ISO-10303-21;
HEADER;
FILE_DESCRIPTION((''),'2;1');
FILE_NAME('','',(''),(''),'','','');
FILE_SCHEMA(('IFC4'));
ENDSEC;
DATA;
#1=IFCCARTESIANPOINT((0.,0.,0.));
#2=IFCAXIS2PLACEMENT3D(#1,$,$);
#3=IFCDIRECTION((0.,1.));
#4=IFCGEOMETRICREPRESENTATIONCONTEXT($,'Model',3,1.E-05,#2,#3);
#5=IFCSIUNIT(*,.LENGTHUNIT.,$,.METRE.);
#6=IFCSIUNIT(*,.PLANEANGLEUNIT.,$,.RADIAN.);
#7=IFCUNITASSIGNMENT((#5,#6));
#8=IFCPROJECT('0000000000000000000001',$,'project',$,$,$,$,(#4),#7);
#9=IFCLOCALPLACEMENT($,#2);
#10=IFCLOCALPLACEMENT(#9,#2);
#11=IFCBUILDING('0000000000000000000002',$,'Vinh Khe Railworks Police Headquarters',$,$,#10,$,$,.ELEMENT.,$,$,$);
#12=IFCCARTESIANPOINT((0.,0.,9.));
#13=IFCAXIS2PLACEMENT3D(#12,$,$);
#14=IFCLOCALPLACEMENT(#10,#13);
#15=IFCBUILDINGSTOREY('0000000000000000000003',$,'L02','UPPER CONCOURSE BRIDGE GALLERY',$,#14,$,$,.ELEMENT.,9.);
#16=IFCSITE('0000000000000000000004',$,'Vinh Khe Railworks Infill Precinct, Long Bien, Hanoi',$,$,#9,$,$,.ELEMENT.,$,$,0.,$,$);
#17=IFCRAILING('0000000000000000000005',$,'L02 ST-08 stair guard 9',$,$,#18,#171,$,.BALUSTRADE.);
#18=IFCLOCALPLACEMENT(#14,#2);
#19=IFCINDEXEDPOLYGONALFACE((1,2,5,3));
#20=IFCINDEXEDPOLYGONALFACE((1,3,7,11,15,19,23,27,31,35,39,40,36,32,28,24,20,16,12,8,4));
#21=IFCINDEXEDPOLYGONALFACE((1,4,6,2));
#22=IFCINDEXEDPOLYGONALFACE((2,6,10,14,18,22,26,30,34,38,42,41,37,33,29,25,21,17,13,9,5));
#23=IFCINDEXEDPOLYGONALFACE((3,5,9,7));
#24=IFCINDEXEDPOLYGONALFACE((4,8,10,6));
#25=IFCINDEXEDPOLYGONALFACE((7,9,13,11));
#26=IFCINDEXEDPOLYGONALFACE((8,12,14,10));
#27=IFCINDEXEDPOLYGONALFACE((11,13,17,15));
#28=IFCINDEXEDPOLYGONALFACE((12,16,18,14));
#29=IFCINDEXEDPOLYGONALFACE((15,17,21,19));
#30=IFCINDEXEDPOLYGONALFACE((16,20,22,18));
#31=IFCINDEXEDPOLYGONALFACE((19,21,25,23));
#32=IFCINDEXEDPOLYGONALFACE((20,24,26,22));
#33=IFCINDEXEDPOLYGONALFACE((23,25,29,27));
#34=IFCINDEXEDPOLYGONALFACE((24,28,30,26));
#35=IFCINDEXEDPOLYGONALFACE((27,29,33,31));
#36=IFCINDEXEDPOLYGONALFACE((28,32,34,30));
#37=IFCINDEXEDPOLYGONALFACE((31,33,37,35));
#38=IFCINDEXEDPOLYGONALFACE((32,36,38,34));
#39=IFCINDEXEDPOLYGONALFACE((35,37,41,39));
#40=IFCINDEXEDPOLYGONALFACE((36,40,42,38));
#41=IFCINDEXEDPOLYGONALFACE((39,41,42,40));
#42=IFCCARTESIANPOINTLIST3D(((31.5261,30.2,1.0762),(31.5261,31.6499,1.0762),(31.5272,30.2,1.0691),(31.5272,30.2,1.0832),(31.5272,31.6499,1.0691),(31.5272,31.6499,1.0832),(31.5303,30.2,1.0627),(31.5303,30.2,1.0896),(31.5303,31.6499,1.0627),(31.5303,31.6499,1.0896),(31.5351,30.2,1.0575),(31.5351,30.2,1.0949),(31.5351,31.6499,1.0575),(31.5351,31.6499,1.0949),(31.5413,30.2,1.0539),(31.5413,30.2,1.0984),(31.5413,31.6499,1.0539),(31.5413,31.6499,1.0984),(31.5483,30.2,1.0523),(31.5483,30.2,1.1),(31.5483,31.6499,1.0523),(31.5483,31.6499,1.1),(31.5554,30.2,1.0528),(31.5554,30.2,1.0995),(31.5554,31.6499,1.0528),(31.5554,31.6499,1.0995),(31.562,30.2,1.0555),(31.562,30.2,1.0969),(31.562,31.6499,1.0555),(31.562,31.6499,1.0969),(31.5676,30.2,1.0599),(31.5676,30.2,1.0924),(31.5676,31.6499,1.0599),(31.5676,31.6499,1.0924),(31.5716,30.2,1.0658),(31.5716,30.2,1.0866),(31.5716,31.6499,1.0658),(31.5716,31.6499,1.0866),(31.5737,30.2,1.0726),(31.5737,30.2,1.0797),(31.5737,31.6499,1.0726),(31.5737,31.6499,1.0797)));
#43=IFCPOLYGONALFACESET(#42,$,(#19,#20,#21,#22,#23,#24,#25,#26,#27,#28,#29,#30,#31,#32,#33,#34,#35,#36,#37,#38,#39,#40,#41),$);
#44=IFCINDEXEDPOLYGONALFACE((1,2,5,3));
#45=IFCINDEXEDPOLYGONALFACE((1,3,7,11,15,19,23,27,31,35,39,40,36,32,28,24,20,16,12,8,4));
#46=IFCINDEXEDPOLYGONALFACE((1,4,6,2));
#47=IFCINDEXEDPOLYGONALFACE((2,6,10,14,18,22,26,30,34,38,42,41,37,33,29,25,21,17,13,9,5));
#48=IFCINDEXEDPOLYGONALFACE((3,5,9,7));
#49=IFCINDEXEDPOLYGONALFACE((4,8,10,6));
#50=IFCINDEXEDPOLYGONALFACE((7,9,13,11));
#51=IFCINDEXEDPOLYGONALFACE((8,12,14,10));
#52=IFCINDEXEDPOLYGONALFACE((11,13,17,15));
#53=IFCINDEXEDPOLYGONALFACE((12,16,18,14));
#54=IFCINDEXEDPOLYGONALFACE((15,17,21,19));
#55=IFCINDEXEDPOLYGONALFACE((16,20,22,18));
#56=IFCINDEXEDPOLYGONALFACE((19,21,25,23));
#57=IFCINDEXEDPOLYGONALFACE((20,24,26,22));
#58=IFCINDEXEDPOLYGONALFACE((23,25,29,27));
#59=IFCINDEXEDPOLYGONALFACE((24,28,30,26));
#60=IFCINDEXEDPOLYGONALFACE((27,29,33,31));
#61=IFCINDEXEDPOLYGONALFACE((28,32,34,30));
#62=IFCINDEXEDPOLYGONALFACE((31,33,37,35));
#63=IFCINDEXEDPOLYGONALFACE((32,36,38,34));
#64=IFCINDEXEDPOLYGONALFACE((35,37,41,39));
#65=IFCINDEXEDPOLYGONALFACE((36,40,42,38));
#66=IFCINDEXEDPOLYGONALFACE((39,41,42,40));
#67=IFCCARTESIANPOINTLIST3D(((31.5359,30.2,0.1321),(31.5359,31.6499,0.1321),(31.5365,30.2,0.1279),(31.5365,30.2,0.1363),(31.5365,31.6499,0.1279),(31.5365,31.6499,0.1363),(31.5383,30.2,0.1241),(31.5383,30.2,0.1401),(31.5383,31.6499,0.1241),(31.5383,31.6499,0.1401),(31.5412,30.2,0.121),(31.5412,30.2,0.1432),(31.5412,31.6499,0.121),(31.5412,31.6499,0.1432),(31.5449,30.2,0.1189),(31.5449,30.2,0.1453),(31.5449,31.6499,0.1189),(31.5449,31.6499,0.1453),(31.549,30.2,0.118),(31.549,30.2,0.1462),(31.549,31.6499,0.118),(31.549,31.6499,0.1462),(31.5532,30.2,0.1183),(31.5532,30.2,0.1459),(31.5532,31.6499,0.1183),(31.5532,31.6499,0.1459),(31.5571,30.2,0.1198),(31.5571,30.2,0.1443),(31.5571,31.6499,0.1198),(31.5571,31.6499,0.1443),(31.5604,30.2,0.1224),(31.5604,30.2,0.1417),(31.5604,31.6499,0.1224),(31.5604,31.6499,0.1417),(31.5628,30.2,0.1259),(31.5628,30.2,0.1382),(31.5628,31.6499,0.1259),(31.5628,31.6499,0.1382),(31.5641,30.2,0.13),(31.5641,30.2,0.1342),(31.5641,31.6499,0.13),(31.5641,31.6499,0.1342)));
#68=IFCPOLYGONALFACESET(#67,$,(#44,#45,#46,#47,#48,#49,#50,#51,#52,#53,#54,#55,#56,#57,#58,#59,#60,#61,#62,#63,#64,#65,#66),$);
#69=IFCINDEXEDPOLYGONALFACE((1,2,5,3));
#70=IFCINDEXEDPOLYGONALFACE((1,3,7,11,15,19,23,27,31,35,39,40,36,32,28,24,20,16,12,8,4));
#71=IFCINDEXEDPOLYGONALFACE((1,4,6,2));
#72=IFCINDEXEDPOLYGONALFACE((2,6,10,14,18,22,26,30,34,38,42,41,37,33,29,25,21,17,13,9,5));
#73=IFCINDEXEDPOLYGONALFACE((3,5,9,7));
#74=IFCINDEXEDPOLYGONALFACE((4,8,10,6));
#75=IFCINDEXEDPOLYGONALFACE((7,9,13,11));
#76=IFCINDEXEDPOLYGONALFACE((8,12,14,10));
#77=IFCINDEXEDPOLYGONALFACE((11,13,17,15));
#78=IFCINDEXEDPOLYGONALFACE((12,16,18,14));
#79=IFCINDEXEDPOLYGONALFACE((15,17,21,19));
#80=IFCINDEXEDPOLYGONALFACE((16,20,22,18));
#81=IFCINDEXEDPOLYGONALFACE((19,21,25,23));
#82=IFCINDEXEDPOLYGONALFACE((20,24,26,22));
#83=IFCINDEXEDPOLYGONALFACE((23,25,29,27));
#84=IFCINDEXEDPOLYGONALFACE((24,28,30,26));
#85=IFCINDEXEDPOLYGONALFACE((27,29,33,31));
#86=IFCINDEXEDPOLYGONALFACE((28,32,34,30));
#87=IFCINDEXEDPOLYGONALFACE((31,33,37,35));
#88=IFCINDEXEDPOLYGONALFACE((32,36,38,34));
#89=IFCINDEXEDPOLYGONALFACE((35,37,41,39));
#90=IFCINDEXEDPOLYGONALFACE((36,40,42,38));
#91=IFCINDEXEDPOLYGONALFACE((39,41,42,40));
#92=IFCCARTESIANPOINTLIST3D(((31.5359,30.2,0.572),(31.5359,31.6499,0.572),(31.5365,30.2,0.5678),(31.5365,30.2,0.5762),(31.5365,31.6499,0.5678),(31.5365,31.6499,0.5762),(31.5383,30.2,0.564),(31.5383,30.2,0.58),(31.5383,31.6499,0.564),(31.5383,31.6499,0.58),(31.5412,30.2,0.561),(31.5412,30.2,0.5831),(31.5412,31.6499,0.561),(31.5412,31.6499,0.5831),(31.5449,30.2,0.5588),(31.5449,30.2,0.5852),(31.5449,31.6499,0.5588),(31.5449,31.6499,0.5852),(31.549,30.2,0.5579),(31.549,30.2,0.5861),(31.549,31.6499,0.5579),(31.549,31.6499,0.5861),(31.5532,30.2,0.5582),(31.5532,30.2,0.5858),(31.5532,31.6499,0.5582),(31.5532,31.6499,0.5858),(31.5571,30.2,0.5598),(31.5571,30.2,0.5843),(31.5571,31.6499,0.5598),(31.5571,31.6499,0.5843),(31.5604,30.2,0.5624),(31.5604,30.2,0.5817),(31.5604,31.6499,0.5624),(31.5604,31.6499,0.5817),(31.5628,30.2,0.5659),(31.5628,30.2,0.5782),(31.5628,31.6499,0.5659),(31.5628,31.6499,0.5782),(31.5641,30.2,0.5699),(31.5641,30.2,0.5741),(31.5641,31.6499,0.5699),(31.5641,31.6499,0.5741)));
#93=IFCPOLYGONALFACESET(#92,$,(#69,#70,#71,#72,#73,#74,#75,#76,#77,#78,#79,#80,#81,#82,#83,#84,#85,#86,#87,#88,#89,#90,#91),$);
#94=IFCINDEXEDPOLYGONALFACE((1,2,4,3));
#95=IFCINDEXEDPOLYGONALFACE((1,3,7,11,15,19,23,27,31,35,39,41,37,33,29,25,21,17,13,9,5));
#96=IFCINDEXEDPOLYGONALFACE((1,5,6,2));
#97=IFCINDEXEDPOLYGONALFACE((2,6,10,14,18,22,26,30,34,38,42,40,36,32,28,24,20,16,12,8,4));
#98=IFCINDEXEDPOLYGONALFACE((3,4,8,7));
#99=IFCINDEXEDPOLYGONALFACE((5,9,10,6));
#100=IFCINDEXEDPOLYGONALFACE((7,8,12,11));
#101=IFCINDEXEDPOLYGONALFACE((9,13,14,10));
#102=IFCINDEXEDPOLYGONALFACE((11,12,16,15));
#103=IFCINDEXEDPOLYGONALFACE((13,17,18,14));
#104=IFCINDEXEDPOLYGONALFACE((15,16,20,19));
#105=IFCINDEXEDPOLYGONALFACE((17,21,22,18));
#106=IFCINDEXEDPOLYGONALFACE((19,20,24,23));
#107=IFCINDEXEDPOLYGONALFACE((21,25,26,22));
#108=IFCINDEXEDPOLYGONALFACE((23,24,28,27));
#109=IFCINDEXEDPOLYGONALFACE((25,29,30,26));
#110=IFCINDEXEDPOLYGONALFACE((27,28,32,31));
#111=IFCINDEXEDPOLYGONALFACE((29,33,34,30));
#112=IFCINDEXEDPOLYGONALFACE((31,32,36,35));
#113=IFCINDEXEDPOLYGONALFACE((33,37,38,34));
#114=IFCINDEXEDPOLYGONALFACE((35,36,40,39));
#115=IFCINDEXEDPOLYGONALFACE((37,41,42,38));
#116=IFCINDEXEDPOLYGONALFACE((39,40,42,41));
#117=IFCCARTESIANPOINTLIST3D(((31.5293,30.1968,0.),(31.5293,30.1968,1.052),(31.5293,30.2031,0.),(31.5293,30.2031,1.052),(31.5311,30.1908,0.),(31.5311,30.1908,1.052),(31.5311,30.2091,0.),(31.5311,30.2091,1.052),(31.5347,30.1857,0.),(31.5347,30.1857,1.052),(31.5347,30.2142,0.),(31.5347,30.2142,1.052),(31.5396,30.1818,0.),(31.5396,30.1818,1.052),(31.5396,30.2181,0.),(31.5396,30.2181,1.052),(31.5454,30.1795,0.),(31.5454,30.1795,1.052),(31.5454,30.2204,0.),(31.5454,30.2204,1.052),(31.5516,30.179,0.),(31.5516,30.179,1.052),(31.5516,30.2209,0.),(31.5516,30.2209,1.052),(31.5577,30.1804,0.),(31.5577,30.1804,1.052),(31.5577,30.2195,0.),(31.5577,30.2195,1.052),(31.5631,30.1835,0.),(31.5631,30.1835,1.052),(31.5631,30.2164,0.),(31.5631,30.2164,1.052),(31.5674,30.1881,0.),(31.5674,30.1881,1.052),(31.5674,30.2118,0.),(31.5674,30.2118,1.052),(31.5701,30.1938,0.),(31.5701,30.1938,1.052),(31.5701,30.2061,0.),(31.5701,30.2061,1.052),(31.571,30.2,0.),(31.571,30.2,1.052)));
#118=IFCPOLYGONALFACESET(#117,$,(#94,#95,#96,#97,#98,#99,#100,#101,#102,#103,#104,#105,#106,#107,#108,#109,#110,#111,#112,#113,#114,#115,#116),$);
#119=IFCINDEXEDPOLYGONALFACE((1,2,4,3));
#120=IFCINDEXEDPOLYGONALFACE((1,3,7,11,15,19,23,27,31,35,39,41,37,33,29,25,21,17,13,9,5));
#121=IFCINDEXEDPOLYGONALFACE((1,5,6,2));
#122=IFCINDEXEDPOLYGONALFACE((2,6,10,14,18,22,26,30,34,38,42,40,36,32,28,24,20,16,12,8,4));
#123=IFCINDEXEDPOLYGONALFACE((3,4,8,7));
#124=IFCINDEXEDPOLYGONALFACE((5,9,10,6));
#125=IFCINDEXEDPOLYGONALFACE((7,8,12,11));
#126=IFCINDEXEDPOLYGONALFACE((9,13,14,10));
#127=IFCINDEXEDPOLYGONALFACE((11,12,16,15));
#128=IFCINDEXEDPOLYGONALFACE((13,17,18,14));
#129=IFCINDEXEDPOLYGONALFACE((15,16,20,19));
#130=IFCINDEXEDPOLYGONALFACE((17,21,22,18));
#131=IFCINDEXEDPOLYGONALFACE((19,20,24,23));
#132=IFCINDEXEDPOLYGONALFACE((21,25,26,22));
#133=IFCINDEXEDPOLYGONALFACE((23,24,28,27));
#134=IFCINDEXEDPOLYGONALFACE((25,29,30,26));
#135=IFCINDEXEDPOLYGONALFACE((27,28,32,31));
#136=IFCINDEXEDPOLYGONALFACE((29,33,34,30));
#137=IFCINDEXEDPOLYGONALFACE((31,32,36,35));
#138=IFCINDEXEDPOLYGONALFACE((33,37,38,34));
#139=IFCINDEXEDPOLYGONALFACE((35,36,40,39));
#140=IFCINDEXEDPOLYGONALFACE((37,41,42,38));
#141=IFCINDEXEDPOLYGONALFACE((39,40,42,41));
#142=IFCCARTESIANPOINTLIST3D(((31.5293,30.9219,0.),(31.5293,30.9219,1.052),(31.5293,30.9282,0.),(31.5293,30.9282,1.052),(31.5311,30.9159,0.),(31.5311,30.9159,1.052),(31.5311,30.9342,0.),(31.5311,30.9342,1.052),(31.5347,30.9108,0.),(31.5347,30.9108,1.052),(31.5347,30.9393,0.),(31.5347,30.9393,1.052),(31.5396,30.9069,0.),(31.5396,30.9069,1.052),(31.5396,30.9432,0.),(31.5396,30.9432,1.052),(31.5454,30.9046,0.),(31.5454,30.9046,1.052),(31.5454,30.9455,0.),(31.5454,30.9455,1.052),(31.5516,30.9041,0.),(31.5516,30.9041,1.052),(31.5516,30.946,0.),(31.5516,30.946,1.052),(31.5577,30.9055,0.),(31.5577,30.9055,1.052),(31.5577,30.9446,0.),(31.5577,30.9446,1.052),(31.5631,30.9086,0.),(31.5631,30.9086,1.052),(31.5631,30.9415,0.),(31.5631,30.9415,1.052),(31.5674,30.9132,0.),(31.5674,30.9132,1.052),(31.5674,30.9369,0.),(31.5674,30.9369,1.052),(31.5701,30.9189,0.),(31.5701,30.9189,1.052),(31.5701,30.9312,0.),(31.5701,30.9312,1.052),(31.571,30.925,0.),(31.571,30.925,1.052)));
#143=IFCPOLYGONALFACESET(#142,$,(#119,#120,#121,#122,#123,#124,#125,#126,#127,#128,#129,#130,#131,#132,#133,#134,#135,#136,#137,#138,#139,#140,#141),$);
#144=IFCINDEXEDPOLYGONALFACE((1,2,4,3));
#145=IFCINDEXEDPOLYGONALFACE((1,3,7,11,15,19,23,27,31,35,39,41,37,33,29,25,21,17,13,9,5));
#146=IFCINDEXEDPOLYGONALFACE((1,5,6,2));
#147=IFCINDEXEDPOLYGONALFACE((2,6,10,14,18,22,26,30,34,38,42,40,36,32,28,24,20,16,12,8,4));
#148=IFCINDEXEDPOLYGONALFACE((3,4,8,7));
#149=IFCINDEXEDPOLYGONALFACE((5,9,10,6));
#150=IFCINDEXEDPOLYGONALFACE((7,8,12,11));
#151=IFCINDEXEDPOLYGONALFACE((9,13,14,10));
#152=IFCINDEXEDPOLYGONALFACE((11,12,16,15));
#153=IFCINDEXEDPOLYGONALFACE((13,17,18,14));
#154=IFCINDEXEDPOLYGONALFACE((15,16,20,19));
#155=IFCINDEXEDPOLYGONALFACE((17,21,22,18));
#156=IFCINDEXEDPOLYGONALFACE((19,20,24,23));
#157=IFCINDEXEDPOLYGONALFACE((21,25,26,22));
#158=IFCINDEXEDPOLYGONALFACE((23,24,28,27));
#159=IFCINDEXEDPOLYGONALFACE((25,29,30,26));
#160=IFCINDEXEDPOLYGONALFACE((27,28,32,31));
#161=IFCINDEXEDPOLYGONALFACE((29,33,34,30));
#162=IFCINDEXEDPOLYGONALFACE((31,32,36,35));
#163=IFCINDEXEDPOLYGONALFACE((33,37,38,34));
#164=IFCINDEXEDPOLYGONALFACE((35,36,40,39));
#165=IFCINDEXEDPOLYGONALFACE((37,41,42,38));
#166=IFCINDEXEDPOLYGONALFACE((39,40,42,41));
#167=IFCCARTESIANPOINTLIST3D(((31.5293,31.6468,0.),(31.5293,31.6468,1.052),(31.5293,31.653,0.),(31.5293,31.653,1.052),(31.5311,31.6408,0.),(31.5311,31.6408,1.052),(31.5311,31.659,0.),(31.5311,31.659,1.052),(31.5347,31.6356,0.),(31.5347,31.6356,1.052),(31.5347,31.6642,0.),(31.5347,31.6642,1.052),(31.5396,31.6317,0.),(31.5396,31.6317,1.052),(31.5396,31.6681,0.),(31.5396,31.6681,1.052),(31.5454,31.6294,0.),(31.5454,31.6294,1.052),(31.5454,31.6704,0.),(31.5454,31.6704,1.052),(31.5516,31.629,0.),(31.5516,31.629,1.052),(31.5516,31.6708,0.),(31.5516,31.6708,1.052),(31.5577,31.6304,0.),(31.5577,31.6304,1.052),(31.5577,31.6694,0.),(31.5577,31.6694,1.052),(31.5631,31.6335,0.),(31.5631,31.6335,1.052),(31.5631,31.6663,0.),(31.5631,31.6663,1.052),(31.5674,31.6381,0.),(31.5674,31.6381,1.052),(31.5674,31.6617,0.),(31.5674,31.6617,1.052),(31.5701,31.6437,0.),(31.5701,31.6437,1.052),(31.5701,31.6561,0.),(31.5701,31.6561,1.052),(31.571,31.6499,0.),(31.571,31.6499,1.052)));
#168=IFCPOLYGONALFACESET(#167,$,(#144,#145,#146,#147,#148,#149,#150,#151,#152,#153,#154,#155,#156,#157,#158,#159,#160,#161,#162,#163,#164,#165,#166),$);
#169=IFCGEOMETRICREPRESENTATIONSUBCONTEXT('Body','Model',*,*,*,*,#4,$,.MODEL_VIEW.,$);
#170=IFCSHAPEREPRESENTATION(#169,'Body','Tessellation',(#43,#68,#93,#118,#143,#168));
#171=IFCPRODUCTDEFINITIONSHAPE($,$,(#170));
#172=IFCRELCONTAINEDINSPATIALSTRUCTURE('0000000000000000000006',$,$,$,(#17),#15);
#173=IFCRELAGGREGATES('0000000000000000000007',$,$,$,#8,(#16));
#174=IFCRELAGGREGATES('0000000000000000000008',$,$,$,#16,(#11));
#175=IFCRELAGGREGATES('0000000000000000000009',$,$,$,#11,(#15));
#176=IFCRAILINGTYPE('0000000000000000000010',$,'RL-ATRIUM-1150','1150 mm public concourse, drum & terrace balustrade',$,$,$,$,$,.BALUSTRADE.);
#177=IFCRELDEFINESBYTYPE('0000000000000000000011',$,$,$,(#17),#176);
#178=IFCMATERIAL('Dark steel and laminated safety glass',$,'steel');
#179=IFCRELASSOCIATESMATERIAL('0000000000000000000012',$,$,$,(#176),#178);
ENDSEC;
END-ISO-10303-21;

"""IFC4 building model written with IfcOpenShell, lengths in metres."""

from ifc_helpers import new_model, si_unit, direction, frame, origin, origin_2d, place, context, subcontext, project, spatial, circle, extrude, material, type_object, element, save


model = new_model("IFC4")

# Units and contexts
model_context = context("Model", 3, precision=1e-05, world=origin(), true_north=direction((0.0, 1.0)))
body_context = subcontext(model_context, "Body", "Model", "MODEL_VIEW")
ifc_project = project(units=[si_unit("LENGTHUNIT", "METRE"), si_unit("PLANEANGLEUNIT", "RADIAN")], contexts=[model_context])

# Site, building, storey
site_placement = place(None, origin())
site = spatial("IfcSite", under=ifc_project, at=site_placement, Name="Vinh Khe Railworks Infill Precinct, Long Bien, Hanoi", CompositionType="ELEMENT", RefElevation=0.0)
building_placement = place(site_placement, origin())
building = spatial("IfcBuilding", under=site, at=building_placement, Name="Vinh Khe Railworks Police Headquarters", CompositionType="ELEMENT")
storey_placement = place(building_placement, frame((0.0, 0.0, 9.0)))
storey = spatial("IfcBuildingStorey", under=building, at=storey_placement, Name="L02", Description="UPPER CONCOURSE BRIDGE GALLERY", CompositionType="ELEMENT", Elevation=9.0)

# Railing
ifc_material_1 = material(Name="Dark steel and laminated safety glass", Category="steel")
railing_type = type_object("IfcRailingType", Name="RL-ATRIUM-1150", Description="1150 mm public concourse, drum & terrace balustrade", PredefinedType="BALUSTRADE", material=ifc_material_1)
railing_1_placement = place(storey_placement, frame((31.55, 30.2, 0.0)))
element("IfcRailing", 1, at=railing_1_placement, inside=storey, type_object=railing_type, Name="L02 ST-08 stair guard 9", PredefinedType="BALUSTRADE", context=body_context, shape_type="SweptSolid", body=[
    extrude(circle(Radius=0.0239, at=origin_2d()), frame((0.0, 0.0, 1.0762), z_axis=(0.0, 1.0, 0.0), x_axis=(-1.0, 0.0, 0.0)), (0.0, 0.0, 1.0), 1.45),
    extrude(circle(Radius=0.0142, at=origin_2d()), frame((0.0, 0.0, 0.1321), z_axis=(0.0, 1.0, 0.0), x_axis=(-1.0, 0.0, 0.0)), (0.0, 0.0, 1.0), 1.45),
    extrude(circle(Radius=0.0142, at=origin_2d()), frame((0.0, 0.0, 0.572), z_axis=(0.0, 1.0, 0.0), x_axis=(-1.0, 0.0, 0.0)), (0.0, 0.0, 1.0), 1.45),
    extrude(circle(Radius=0.021, at=origin_2d()), origin(), (0.0, 0.0, 1.0), 1.052),
    extrude(circle(Radius=0.021, at=origin_2d()), frame((0.0, 0.7251, 0.0)), (0.0, 0.0, 1.0), 1.052),
    extrude(circle(Radius=0.021, at=origin_2d()), frame((0.0, 1.45, 0.0)), (0.0, 0.0, 1.0), 1.052),
])

save(model, "model.ifc")
